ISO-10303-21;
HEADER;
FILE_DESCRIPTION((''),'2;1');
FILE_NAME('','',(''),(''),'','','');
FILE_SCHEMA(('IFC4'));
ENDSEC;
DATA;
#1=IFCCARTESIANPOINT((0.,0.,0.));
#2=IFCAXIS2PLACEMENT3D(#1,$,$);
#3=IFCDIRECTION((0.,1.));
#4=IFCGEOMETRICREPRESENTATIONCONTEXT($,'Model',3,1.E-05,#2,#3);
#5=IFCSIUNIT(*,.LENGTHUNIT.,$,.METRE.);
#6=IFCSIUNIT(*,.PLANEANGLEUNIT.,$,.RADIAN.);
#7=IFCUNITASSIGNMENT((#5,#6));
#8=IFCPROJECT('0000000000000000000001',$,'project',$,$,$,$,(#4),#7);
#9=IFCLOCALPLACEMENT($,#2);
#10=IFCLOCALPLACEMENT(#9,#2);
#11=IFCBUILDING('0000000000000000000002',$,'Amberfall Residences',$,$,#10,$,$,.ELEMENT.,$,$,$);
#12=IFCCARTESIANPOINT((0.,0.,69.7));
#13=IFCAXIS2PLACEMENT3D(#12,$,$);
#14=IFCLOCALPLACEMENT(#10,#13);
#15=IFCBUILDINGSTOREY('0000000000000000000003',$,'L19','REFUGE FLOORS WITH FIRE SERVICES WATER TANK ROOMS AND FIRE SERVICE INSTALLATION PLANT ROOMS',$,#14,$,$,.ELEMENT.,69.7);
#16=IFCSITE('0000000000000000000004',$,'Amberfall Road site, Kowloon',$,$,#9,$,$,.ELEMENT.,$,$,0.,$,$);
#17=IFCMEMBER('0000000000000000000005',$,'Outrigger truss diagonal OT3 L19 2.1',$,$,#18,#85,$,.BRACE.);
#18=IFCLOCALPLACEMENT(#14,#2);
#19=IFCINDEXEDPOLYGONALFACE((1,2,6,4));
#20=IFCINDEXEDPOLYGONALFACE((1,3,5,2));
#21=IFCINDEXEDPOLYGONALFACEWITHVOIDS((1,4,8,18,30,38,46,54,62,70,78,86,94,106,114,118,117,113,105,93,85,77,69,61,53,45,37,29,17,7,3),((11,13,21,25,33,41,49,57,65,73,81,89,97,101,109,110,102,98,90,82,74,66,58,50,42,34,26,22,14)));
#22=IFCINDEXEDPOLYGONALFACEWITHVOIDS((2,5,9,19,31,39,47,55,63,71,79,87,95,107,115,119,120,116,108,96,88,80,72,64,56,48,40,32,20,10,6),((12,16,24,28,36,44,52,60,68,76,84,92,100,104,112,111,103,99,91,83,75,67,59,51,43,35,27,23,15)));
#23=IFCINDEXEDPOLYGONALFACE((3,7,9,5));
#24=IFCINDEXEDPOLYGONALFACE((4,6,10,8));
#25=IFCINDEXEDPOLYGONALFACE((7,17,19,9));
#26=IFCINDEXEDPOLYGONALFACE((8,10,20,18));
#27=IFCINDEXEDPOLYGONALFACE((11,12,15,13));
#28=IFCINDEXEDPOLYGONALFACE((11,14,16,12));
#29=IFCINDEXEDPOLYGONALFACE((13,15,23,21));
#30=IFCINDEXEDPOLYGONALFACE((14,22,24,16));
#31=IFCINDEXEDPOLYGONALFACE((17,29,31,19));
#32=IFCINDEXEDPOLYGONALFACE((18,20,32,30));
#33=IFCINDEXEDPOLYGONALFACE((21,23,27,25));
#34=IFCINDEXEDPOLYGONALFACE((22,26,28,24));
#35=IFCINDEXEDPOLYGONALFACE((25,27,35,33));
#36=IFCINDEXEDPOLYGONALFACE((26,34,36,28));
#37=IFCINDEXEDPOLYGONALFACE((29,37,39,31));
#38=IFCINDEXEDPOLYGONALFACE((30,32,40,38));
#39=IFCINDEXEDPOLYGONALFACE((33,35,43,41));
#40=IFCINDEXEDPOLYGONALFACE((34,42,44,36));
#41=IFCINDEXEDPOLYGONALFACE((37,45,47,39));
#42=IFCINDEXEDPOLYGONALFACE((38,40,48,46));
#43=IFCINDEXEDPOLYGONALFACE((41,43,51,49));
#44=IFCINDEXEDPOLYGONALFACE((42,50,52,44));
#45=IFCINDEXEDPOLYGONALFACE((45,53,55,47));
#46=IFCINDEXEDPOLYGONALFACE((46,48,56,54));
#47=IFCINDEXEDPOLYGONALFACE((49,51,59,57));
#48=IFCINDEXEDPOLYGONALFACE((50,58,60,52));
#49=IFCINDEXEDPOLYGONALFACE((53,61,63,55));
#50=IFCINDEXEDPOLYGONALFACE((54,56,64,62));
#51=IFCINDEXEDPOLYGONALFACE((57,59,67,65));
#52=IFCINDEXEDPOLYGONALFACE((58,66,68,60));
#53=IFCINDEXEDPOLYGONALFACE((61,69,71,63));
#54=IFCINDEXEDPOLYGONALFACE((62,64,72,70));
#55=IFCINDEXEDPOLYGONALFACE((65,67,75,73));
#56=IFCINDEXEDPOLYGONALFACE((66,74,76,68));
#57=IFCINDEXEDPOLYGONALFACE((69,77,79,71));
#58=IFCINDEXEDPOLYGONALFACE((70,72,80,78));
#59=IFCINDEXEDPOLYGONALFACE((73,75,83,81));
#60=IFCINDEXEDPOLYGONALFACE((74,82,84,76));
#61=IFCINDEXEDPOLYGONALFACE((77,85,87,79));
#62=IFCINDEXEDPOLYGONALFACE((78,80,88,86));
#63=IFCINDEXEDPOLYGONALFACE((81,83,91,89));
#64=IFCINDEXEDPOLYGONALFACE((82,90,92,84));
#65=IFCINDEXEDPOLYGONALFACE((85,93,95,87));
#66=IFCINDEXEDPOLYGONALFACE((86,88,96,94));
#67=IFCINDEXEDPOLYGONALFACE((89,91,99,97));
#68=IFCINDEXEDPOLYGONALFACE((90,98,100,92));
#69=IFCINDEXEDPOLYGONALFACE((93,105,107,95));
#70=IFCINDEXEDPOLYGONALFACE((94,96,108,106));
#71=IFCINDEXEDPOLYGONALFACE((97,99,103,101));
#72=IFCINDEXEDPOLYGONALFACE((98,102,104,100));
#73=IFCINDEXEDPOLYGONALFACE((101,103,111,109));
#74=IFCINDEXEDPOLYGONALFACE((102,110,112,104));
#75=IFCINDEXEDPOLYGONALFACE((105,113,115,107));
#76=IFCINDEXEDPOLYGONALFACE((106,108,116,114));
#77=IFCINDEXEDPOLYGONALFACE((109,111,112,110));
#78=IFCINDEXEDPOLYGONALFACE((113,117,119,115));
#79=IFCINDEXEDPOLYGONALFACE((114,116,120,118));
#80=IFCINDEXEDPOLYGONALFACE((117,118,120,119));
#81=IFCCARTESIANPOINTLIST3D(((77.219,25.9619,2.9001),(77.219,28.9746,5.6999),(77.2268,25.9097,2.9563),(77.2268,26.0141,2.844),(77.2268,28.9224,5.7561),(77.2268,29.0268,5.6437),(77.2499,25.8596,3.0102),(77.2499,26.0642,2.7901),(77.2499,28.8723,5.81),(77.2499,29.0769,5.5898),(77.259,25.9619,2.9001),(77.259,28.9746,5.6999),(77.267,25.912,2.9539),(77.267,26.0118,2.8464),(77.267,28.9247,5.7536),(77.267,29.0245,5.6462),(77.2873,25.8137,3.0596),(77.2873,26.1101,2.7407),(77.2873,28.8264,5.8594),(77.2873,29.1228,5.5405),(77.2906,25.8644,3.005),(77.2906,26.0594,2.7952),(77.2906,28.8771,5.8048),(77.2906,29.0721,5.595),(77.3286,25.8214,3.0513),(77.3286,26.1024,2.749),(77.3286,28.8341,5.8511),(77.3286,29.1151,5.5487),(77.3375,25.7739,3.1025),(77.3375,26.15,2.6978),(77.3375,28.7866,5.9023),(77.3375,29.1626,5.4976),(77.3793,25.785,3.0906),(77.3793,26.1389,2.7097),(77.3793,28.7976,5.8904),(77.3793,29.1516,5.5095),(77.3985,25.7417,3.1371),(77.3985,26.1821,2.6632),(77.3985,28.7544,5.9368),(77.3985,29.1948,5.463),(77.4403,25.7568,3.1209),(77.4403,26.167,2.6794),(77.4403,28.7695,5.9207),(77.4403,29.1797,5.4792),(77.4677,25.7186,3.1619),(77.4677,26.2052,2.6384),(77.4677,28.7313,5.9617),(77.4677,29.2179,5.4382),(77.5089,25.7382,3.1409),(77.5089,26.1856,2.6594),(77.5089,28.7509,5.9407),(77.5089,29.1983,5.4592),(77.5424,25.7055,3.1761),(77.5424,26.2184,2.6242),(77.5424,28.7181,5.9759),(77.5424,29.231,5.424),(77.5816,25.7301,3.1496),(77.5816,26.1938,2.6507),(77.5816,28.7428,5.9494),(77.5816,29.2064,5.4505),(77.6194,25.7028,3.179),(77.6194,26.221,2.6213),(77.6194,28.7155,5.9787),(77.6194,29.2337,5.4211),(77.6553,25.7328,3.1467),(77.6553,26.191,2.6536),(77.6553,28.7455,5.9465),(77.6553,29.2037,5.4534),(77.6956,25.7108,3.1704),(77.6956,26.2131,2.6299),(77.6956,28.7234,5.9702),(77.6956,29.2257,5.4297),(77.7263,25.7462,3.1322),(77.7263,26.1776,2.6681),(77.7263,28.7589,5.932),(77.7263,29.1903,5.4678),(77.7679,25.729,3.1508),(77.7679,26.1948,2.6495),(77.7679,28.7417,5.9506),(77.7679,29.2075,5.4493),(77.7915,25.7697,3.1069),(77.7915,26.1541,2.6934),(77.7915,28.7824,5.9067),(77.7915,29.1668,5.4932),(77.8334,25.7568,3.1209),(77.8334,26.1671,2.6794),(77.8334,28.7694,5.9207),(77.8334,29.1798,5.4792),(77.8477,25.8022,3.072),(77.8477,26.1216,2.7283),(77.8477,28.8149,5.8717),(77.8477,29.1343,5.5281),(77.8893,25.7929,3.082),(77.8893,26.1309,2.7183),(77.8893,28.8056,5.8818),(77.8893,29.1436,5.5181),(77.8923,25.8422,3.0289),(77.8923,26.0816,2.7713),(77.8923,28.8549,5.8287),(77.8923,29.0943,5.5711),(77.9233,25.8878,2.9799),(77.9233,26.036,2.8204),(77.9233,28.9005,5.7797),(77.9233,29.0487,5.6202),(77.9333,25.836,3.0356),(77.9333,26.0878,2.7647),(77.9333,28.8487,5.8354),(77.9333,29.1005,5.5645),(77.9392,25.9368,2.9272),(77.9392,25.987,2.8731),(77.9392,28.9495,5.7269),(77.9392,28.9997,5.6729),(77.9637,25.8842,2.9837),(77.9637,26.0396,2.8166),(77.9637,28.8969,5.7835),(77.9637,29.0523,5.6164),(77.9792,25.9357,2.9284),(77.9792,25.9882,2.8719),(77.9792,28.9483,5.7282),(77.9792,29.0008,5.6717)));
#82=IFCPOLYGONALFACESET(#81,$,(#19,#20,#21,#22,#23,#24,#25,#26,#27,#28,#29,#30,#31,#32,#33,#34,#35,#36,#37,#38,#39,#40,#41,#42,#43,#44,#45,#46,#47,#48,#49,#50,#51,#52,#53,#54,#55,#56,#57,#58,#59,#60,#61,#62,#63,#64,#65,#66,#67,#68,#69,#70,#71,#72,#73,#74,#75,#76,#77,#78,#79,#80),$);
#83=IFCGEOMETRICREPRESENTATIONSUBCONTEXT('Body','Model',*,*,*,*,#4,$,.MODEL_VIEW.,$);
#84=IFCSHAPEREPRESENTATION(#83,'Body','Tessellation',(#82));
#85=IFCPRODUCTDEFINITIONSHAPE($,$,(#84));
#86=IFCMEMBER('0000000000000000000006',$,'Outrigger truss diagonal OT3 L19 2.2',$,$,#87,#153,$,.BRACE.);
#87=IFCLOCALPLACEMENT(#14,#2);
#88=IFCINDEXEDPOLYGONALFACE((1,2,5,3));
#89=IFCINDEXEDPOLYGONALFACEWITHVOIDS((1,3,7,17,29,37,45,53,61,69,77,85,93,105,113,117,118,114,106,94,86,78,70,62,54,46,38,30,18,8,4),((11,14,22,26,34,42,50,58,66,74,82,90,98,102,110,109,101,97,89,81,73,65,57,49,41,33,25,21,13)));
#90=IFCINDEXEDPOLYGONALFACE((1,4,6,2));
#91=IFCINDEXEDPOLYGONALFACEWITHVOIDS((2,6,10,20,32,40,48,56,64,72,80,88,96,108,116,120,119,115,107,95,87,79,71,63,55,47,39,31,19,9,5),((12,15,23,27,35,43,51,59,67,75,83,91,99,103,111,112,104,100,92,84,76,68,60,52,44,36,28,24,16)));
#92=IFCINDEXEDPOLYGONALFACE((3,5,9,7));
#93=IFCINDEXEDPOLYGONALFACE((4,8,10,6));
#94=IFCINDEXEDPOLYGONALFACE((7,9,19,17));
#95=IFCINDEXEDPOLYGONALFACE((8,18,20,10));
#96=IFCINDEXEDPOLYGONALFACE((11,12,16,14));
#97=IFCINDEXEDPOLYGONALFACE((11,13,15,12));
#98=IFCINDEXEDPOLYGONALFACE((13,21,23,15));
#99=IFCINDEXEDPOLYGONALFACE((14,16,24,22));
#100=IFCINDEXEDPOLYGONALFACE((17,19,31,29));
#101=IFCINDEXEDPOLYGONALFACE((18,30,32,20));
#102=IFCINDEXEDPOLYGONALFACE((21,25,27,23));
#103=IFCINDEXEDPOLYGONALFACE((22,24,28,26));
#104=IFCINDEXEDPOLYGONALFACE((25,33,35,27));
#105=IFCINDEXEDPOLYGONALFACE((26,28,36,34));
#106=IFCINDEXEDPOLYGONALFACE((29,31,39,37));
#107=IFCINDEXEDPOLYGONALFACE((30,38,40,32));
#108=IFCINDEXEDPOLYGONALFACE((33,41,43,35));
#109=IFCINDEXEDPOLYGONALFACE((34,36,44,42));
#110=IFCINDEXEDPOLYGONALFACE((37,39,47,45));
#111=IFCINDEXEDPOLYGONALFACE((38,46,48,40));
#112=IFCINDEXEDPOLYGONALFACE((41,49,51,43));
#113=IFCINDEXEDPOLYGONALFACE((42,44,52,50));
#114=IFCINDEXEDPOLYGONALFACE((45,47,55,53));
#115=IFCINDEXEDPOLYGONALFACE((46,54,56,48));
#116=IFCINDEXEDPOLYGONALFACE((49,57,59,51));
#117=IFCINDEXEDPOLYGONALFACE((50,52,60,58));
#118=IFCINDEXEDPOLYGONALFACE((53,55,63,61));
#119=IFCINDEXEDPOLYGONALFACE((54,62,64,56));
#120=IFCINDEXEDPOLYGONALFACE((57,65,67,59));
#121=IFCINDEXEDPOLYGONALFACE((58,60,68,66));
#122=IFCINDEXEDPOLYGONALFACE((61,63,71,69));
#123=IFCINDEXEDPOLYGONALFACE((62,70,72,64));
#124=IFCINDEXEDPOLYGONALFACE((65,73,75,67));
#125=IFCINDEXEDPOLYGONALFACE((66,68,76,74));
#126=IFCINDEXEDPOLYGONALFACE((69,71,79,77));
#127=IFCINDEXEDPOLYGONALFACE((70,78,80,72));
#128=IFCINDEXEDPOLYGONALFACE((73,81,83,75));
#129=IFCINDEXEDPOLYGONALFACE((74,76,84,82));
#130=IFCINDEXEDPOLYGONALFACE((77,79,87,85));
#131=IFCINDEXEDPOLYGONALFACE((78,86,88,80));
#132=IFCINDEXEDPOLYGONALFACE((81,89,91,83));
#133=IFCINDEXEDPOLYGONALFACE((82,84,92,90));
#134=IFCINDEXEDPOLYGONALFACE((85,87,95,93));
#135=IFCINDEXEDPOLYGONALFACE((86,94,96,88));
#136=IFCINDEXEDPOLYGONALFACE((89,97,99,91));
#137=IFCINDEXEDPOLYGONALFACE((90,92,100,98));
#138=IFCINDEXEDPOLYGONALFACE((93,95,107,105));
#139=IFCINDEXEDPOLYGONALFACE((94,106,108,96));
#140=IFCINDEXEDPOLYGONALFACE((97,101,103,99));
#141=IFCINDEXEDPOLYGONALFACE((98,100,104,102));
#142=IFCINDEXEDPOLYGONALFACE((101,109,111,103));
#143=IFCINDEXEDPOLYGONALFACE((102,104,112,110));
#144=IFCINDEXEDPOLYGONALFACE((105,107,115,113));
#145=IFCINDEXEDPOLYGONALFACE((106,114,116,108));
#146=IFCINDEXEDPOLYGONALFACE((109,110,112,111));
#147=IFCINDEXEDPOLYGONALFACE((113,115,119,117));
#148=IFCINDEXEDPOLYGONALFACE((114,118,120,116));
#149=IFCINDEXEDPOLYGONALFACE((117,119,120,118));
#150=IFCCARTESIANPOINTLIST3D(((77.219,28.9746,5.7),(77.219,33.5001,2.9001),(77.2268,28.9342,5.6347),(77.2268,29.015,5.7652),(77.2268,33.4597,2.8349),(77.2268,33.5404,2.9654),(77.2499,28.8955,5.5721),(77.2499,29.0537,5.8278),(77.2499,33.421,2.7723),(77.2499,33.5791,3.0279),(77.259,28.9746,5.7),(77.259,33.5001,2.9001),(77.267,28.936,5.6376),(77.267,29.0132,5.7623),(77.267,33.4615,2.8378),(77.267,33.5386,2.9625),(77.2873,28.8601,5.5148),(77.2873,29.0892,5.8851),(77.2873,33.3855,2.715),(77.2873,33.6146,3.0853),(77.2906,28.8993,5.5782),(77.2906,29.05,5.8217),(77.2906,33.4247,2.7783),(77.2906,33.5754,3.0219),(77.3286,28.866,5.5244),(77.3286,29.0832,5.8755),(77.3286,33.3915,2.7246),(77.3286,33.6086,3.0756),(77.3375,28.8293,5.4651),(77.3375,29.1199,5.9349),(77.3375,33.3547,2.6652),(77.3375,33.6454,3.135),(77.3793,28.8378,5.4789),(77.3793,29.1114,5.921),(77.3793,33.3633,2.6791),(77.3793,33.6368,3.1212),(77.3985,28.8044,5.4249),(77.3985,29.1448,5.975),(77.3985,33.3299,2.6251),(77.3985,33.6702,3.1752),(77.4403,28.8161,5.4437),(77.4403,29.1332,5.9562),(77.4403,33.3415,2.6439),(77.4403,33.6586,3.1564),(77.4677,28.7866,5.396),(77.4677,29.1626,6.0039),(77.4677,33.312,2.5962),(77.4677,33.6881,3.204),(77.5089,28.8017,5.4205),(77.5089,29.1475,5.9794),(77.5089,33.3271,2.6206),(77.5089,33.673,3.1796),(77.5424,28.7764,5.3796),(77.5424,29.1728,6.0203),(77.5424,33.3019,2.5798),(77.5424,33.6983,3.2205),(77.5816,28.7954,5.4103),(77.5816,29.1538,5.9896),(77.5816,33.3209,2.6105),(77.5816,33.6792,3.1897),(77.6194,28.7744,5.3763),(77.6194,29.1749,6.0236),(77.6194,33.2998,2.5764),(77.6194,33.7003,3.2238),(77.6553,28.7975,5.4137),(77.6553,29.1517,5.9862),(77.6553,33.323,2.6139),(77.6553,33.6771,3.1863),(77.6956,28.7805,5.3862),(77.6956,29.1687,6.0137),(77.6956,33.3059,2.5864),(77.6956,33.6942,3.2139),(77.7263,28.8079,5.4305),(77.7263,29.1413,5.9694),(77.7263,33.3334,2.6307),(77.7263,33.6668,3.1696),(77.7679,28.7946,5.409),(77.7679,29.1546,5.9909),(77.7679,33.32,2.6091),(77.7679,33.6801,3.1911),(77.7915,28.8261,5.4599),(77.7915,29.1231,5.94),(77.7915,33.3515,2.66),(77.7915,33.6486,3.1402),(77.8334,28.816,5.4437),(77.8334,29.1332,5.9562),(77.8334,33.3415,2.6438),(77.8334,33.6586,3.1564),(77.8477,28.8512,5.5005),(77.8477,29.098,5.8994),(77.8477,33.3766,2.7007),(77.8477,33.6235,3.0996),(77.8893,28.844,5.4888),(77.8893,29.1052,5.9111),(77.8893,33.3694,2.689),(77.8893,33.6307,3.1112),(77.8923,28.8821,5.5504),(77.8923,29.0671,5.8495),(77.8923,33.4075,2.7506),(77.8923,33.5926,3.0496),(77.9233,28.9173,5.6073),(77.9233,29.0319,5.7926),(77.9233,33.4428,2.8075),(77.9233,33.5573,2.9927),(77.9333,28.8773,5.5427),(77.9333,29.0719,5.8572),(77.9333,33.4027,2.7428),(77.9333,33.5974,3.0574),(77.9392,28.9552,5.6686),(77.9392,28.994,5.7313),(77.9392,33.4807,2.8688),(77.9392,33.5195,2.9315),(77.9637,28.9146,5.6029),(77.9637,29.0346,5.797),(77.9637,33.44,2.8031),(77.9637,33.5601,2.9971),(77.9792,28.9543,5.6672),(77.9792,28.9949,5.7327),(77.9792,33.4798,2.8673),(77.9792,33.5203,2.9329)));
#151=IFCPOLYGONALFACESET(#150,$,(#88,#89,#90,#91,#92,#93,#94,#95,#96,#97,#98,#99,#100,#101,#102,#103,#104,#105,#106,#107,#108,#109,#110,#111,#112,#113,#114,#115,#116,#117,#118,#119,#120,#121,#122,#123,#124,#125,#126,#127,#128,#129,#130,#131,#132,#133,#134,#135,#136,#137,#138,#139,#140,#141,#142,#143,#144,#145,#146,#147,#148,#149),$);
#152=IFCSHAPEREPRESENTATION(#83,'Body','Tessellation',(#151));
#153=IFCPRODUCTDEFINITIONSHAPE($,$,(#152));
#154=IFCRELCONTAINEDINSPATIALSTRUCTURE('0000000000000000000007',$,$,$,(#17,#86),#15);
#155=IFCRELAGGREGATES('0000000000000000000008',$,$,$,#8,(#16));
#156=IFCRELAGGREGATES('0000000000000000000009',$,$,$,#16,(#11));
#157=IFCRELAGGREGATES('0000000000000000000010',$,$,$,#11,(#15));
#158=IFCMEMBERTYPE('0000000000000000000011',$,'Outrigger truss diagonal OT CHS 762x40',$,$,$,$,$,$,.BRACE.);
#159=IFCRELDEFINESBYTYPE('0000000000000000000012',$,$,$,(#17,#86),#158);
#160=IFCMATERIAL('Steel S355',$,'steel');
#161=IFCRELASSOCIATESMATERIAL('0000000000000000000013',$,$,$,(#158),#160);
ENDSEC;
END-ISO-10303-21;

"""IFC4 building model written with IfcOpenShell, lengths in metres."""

from ifc_helpers import new_model, si_unit, direction, frame, origin, origin_2d, place, context, subcontext, project, spatial, hollow_circle, extrude, material, material_profile, profile_set, type_object, element, save


model = new_model("IFC4")

# Units and contexts
model_context = context("Model", 3, precision=1e-05, world=origin(), true_north=direction((0.0, 1.0)))
body_context = subcontext(model_context, "Body", "Model", "MODEL_VIEW")
ifc_project = project(units=[si_unit("LENGTHUNIT", "METRE"), si_unit("PLANEANGLEUNIT", "RADIAN")], contexts=[model_context])

# Site, building, storey
site_placement = place(None, origin())
site = spatial("IfcSite", under=ifc_project, at=site_placement, Name="Amberfall Road site, Kowloon", CompositionType="ELEMENT", RefElevation=0.0)
building_placement = place(site_placement, origin())
building = spatial("IfcBuilding", under=site, at=building_placement, Name="Amberfall Residences", CompositionType="ELEMENT")
storey_placement = place(building_placement, frame((0.0, 0.0, 69.7)))
storey = spatial("IfcBuildingStorey", under=building, at=storey_placement, Name="L19", Description="REFUGE FLOORS WITH FIRE SERVICES WATER TANK ROOMS AND FIRE SERVICE INSTALLATION PLANT ROOMS", CompositionType="ELEMENT", Elevation=69.7)

# Shared definitions
ifc_material_1 = material(Name="Steel S355", Category="steel")

# Members
ifc_material_profile_1 = material_profile(ifc_material_1, hollow_circle(Radius=0.3811, WallThickness=0.04, at=origin_2d()), Name="CHS 762x40")
ifc_profile_set_1 = profile_set([ifc_material_profile_1], Name="Steel S355")
member_type = type_object("IfcMemberType", Name="Outrigger truss diagonal OT CHS 762x40", PredefinedType="BRACE", material=ifc_profile_set_1)
member_placement = place(storey_placement, frame((77.6001, 25.9619, 2.9001), z_axis=(0.0, 0.732514, 0.680752), x_axis=(-1.0, 0.0, 0.0)))
element("IfcMember", 1, at=member_placement, inside=storey, type_object=member_type, Name="Outrigger truss diagonal OT3 L19 2.1", PredefinedType="BRACE", context=body_context, shape_type="SweptSolid", body=[
    extrude(hollow_circle(Radius=0.3811, WallThickness=0.04, at=origin_2d()), origin(), (0.0, 0.0, 1.0), 4.1128),
])
for number, where, z_axis, x_axis, name in (
    (2, (77.6001, 28.9746, 5.7), (0.0, 0.850402, -0.526133), (-1.0, 0.0, 0.0), "Outrigger truss diagonal OT3 L19 2.2"),
):
    element("IfcMember", number, at=place(storey_placement, frame(where, z_axis=z_axis, x_axis=x_axis)), inside=storey, type_object=member_type, Name=name, PredefinedType="BRACE", context=body_context, shape_type="SweptSolid", body=[
        extrude(hollow_circle(Radius=0.3811, WallThickness=0.04, at=origin_2d()), origin(), (0.0, 0.0, 1.0), 5.3215),
    ])

save(model, "model.ifc")
